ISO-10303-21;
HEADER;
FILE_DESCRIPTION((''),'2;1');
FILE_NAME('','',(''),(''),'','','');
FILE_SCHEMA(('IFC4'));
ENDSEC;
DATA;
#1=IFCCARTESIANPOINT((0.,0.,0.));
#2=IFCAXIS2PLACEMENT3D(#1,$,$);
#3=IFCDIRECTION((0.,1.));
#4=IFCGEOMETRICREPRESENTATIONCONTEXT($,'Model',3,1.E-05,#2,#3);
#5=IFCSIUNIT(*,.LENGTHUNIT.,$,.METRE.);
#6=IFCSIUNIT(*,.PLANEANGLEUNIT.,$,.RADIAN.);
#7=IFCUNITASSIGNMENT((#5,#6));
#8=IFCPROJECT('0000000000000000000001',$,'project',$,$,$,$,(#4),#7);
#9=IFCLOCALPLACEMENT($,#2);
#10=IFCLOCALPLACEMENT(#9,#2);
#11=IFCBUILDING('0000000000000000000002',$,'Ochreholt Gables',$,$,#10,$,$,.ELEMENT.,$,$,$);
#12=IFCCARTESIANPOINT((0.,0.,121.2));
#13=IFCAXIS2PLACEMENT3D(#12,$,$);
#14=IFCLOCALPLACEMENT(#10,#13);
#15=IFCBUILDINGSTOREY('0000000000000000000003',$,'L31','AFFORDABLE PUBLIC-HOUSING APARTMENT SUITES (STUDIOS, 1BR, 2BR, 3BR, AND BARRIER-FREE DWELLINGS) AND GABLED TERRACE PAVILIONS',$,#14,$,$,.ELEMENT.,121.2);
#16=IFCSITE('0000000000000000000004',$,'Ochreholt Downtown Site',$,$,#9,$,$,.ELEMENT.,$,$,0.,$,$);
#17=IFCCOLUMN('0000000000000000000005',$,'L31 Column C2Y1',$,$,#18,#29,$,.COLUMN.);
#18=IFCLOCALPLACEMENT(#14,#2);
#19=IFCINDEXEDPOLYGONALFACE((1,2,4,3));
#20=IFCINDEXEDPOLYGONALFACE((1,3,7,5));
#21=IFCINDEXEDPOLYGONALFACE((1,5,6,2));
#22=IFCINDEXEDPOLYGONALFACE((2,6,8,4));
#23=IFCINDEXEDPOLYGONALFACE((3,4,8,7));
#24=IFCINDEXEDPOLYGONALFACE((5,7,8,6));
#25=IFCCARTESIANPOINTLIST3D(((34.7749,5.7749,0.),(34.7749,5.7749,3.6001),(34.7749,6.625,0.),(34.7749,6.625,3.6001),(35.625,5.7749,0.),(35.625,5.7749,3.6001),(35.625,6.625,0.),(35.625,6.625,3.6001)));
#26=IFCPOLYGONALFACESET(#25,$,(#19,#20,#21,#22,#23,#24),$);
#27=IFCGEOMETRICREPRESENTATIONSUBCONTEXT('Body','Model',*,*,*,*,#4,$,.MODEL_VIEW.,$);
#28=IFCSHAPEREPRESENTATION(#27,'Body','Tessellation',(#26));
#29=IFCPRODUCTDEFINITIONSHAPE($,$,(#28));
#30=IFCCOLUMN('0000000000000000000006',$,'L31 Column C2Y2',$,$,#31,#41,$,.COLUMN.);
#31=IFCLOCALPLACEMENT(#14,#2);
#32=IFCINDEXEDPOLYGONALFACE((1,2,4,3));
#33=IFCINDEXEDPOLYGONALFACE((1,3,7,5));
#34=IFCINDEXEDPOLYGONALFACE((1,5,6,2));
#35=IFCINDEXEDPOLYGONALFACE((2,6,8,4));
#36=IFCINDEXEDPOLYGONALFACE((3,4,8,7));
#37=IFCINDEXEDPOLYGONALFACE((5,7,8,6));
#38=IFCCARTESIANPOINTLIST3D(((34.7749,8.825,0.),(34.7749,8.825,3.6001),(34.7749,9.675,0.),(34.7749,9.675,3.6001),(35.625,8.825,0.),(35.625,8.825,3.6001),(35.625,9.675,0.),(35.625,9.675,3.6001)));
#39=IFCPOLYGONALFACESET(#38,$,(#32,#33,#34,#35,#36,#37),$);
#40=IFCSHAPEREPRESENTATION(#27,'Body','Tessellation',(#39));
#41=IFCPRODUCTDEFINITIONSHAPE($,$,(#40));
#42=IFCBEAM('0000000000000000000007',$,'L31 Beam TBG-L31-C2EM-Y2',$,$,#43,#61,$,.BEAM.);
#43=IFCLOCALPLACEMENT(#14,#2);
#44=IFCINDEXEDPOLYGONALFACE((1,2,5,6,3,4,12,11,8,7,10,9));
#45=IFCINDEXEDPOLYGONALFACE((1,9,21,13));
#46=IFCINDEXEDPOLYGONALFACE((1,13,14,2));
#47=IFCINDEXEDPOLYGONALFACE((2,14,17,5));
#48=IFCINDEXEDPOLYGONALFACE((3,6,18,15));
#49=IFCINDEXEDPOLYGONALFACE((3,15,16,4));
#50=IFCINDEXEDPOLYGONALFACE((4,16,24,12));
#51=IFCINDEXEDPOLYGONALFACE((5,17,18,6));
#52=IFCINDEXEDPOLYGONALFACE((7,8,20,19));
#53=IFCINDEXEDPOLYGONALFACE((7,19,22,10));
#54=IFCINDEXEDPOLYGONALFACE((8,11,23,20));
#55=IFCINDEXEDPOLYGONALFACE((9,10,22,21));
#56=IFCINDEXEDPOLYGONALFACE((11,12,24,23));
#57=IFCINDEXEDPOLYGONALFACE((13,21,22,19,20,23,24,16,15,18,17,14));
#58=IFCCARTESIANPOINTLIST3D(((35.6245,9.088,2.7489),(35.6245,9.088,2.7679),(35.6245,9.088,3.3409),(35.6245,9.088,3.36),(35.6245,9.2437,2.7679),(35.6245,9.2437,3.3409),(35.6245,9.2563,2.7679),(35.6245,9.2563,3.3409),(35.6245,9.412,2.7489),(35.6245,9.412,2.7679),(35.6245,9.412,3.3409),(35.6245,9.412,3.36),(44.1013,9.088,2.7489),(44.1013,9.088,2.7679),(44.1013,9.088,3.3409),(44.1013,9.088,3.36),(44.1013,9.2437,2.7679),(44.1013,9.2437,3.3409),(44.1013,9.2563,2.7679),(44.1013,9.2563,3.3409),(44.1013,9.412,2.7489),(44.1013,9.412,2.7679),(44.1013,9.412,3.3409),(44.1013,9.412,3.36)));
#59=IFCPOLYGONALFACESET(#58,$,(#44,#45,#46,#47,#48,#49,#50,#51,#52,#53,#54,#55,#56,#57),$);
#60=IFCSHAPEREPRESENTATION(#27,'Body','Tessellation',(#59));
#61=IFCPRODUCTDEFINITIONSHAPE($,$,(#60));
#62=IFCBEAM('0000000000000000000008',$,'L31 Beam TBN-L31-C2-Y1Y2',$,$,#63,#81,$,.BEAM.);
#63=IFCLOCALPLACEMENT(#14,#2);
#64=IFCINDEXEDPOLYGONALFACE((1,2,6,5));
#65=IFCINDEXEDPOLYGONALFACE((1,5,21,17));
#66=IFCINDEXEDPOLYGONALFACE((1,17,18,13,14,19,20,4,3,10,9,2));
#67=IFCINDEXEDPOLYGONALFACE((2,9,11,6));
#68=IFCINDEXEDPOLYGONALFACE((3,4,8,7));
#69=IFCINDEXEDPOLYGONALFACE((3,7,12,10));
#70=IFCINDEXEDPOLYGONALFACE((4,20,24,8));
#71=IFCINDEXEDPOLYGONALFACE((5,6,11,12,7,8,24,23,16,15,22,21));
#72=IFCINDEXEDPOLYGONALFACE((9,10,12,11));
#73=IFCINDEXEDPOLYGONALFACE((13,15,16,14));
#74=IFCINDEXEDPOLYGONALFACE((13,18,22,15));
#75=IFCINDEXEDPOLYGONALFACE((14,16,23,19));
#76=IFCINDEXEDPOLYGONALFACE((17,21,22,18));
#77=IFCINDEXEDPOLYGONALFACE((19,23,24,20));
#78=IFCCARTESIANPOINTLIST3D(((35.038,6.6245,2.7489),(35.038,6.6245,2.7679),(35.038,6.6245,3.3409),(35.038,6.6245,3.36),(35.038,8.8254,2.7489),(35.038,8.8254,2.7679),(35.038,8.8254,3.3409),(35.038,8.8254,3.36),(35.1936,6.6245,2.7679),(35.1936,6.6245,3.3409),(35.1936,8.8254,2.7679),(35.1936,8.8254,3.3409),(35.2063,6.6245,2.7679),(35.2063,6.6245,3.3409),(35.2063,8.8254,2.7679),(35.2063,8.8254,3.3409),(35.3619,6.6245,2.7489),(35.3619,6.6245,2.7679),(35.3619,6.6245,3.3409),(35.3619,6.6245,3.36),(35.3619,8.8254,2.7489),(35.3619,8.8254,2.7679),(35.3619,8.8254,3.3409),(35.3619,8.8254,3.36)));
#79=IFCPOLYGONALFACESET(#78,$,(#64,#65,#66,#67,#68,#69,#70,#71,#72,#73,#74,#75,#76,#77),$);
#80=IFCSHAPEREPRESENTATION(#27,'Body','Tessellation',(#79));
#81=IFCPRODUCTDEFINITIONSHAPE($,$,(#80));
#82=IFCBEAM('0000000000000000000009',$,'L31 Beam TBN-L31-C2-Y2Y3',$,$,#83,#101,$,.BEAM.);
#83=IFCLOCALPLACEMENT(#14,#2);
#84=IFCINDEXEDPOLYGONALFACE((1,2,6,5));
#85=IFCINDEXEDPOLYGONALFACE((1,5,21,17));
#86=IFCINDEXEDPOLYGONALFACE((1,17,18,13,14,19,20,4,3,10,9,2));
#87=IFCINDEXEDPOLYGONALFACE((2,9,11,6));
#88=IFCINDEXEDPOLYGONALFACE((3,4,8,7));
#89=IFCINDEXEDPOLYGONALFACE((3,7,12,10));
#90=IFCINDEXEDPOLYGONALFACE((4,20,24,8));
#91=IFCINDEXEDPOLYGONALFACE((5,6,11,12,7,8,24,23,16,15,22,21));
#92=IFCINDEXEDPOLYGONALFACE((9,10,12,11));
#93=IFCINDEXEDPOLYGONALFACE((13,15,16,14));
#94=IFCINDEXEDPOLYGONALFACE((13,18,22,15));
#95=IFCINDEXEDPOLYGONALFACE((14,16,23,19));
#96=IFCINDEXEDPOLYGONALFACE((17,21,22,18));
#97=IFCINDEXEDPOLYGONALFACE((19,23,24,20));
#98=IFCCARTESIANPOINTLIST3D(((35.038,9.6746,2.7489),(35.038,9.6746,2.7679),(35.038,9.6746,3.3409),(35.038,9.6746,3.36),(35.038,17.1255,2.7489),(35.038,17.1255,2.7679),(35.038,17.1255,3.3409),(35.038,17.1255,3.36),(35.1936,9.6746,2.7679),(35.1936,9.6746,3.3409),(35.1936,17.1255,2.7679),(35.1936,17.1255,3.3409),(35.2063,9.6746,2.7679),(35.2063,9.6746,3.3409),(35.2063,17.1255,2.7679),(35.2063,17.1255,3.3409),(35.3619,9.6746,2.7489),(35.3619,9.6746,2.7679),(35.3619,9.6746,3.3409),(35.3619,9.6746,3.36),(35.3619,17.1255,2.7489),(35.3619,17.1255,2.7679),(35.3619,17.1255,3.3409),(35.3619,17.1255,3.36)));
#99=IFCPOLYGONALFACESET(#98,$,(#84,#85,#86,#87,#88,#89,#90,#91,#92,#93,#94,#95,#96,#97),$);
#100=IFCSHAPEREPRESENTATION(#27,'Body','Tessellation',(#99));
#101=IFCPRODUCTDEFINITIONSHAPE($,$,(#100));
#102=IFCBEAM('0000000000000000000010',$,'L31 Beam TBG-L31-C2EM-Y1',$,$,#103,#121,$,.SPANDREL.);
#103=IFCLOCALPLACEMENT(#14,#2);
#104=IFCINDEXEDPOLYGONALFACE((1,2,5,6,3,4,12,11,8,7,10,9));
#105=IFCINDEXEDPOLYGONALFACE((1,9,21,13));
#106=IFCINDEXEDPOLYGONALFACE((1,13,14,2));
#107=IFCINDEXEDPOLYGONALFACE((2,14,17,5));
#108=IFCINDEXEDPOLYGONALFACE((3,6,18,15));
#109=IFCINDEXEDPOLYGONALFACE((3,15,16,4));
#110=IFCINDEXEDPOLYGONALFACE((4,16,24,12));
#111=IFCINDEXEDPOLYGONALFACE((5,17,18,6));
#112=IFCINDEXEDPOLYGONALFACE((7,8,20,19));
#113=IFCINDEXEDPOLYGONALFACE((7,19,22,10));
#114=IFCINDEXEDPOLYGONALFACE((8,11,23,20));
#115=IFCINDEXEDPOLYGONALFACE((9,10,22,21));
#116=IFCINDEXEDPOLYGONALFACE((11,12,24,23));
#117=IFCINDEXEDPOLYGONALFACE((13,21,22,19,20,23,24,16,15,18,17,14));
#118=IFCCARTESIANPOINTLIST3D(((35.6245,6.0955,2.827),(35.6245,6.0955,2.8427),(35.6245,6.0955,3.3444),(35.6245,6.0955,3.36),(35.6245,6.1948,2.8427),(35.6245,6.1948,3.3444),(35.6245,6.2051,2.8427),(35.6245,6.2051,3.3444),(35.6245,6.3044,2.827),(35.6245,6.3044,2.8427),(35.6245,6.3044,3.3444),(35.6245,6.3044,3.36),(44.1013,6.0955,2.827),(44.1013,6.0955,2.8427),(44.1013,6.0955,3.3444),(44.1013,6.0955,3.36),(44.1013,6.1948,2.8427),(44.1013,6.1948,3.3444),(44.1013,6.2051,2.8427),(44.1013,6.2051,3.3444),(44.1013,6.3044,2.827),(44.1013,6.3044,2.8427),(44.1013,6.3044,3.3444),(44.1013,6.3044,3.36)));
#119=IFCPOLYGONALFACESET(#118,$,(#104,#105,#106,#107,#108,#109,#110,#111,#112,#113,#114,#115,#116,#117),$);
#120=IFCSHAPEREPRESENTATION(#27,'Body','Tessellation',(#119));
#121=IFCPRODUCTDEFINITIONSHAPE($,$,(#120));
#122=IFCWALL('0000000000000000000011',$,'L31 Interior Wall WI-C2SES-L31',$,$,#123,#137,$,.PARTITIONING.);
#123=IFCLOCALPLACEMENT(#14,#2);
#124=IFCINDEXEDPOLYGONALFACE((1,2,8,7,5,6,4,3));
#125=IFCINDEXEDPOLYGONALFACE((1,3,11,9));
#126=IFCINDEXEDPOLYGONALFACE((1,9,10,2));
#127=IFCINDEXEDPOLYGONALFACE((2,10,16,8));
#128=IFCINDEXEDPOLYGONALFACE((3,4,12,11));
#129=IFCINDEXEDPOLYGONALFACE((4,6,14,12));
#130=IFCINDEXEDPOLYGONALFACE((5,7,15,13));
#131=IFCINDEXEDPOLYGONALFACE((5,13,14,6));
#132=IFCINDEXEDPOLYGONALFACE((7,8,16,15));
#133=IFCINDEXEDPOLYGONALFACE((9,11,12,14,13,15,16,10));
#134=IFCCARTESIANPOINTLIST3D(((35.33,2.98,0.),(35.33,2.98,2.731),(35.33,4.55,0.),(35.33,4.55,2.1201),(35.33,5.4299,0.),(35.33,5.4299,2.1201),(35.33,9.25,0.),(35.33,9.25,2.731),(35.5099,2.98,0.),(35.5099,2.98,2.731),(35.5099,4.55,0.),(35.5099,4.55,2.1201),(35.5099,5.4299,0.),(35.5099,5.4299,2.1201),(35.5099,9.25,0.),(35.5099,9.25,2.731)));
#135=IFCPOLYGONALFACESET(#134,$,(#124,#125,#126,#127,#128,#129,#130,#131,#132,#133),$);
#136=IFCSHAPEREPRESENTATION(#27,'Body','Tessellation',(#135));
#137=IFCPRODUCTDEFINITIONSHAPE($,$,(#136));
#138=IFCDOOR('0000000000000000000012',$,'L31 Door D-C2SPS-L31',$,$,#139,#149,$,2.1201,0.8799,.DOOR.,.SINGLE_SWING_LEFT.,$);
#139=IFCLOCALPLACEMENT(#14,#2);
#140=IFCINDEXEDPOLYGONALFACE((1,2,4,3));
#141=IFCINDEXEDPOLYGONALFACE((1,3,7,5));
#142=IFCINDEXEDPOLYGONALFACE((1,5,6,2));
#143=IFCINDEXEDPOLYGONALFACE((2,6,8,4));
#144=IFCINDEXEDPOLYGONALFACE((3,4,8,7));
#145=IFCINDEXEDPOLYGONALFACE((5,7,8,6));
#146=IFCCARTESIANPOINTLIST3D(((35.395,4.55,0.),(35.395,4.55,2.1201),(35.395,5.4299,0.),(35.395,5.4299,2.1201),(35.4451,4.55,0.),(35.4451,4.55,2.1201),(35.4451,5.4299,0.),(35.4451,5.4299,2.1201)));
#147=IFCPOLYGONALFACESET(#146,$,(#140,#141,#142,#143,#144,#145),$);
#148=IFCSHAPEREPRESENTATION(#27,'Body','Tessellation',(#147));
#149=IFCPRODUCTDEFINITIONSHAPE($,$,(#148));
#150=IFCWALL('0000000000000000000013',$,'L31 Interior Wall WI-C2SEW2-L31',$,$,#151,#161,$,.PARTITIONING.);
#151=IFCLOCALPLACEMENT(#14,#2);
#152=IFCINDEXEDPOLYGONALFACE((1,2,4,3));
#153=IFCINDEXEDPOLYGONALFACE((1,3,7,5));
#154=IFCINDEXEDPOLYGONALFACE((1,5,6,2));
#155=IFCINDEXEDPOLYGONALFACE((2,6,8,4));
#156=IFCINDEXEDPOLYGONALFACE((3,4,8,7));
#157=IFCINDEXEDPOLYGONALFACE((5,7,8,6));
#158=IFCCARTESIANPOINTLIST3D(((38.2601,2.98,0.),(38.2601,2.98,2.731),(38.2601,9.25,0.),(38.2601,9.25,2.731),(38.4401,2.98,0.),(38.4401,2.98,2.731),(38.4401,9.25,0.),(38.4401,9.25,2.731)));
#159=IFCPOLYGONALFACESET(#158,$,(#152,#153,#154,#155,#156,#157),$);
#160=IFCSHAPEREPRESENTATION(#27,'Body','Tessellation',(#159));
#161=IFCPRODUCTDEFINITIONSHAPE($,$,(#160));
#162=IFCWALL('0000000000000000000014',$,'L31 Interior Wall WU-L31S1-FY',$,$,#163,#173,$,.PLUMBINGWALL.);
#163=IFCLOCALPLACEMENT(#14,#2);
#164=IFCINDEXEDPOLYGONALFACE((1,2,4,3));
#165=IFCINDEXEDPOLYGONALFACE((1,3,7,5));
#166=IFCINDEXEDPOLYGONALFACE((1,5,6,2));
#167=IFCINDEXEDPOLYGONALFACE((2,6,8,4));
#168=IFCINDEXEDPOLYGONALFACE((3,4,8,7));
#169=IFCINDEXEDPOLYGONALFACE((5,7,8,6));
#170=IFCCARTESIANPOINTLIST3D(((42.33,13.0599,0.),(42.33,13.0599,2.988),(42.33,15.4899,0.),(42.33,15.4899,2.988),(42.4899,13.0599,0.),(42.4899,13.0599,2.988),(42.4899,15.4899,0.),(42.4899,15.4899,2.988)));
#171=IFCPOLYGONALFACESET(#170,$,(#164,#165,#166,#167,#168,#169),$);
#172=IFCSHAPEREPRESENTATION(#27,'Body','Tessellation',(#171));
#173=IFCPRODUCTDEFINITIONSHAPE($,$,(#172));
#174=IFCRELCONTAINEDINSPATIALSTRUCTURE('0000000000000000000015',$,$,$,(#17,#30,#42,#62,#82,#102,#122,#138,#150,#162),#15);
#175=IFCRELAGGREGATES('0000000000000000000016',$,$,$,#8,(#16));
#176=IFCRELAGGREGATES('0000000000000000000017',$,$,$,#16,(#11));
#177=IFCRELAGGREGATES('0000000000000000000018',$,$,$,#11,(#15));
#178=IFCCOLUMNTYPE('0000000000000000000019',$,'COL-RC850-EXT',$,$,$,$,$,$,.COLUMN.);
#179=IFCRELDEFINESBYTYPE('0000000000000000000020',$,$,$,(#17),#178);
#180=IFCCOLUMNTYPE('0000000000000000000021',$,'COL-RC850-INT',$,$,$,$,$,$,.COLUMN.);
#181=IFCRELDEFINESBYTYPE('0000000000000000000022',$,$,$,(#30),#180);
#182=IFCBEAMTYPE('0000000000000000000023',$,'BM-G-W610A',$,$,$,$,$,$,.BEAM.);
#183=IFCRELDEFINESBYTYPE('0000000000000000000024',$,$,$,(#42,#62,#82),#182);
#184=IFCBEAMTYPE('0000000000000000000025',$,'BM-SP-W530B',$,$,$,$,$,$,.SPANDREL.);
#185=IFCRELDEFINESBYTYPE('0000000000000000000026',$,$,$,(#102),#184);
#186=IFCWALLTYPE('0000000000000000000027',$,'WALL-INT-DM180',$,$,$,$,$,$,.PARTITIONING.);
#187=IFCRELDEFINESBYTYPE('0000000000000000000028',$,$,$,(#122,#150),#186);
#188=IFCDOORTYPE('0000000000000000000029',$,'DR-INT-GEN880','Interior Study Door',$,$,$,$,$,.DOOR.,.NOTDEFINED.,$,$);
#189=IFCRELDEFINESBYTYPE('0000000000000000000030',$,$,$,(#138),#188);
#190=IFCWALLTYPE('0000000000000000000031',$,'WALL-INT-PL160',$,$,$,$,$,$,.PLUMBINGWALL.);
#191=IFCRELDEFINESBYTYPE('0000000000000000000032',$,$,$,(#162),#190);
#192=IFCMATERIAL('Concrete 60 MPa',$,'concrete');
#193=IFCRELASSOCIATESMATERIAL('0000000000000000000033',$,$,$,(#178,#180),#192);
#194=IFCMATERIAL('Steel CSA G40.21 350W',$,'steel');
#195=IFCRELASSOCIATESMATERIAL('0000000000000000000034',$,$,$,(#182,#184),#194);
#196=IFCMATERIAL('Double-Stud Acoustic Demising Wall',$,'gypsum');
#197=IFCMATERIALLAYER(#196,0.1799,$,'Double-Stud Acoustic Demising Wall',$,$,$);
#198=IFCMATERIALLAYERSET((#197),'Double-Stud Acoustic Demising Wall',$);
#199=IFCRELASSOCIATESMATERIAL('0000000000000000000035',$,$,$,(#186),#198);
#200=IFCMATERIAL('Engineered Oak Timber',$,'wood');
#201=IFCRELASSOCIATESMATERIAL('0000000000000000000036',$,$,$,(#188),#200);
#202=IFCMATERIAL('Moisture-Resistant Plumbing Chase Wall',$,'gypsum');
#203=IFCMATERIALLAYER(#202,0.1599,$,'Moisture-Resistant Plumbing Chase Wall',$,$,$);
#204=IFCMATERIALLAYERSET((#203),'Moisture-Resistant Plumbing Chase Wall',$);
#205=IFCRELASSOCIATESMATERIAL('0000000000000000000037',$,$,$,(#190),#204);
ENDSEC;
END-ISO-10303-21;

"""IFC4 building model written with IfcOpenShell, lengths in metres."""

from ifc_helpers import new_model, si_unit, direction, frame, frame_2d, origin, origin_2d, place, context, subcontext, project, spatial, rectangle, i_section, extrude, material, layer, layer_set, material_profile, profile_set, type_object, element, fill, save


model = new_model("IFC4")

# Units and contexts
model_context = context("Model", 3, precision=1e-05, world=origin(), true_north=direction((0.0, 1.0)))
body_context = subcontext(model_context, "Body", "Model", "MODEL_VIEW")
ifc_project = project(units=[si_unit("LENGTHUNIT", "METRE"), si_unit("PLANEANGLEUNIT", "RADIAN")], contexts=[model_context])

# Site, building, storey
site_placement = place(None, origin())
site = spatial("IfcSite", under=ifc_project, at=site_placement, Name="Ochreholt Downtown Site", CompositionType="ELEMENT", RefElevation=0.0)
building_placement = place(site_placement, origin())
building = spatial("IfcBuilding", under=site, at=building_placement, Name="Ochreholt Gables", CompositionType="ELEMENT")
storey_placement = place(building_placement, frame((0.0, 0.0, 121.2)))
storey = spatial("IfcBuildingStorey", under=building, at=storey_placement, Name="L31", Description="AFFORDABLE PUBLIC-HOUSING APARTMENT SUITES (STUDIOS, 1BR, 2BR, 3BR, AND BARRIER-FREE DWELLINGS) AND GABLED TERRACE PAVILIONS", CompositionType="ELEMENT", Elevation=121.2)

# Columns
ifc_material_1 = material(Name="Concrete 60 MPa", Category="concrete")
ifc_material_profile_1 = material_profile(ifc_material_1, rectangle(XDim=0.8501, YDim=0.8501, at=origin_2d()), Name="RC850X850")
ifc_profile_set_1 = profile_set([ifc_material_profile_1], Name="Concrete 60 MPa")
column_type_1 = type_object("IfcColumnType", Name="COL-RC850-EXT", PredefinedType="COLUMN", material=ifc_profile_set_1)
column_1_placement = place(storey_placement, frame((35.2, 6.2, 0.0), z_axis=(0.0, 0.0, 1.0), x_axis=(1.0, 0.0, 0.0)))
element("IfcColumn", 1, at=column_1_placement, inside=storey, type_object=column_type_1, Name="L31 Column C2Y1", PredefinedType="COLUMN", context=body_context, shape_type="SweptSolid", body=[
    extrude(rectangle(XDim=0.8501, YDim=0.8501, at=origin_2d()), origin(), (0.0, 0.0, 1.0), 3.6001),
])
ifc_material_profile_2 = material_profile(ifc_material_1, rectangle(XDim=0.8501, YDim=0.8501, at=origin_2d()), Name="RC850X850")
ifc_profile_set_2 = profile_set([ifc_material_profile_2], Name="Concrete 60 MPa")
column_type_2 = type_object("IfcColumnType", Name="COL-RC850-INT", PredefinedType="COLUMN", material=ifc_profile_set_2)
column_2_placement = place(storey_placement, frame((35.2, 9.25, 0.0), z_axis=(0.0, 0.0, 1.0), x_axis=(1.0, 0.0, 0.0)))
element("IfcColumn", 2, at=column_2_placement, inside=storey, type_object=column_type_2, Name="L31 Column C2Y2", PredefinedType="COLUMN", context=body_context, shape_type="SweptSolid", body=[
    extrude(rectangle(XDim=0.8501, YDim=0.8501, at=origin_2d()), origin(), (0.0, 0.0, 1.0), 3.6001),
])

# Beams
ifc_material_2 = material(Name="Steel CSA G40.21 350W", Category="steel")
ifc_material_profile_3 = material_profile(ifc_material_2, i_section(OverallWidth=0.324, OverallDepth=0.6111, WebThickness=0.0127, FlangeThickness=0.019, at=origin_2d()), Name="W610X155")
ifc_profile_set_3 = profile_set([ifc_material_profile_3], Name="Steel CSA G40.21 350W")
beam_type_1 = type_object("IfcBeamType", Name="BM-G-W610A", PredefinedType="BEAM", material=ifc_profile_set_3)
beam_1_placement = place(storey_placement, frame((35.6245, 9.25, 3.0544), z_axis=(1.0, 0.0, 0.0), x_axis=(0.0, 1.0, 0.0)))
element("IfcBeam", 3, at=beam_1_placement, inside=storey, type_object=beam_type_1, Name="L31 Beam TBG-L31-C2EM-Y2", PredefinedType="BEAM", context=body_context, shape_type="SweptSolid", body=[
    extrude(i_section(OverallWidth=0.324, OverallDepth=0.6111, WebThickness=0.0127, FlangeThickness=0.019, at=origin_2d()), origin(), (0.0, 0.0, 1.0), 8.4768),
])
beam_2_placement = place(storey_placement, frame((35.2, 6.6245, 3.0544), z_axis=(0.0, 1.0, 0.0), x_axis=(-1.0, 0.0, 0.0)))
element("IfcBeam", 4, at=beam_2_placement, inside=storey, type_object=beam_type_1, Name="L31 Beam TBN-L31-C2-Y1Y2", PredefinedType="BEAM", context=body_context, shape_type="SweptSolid", body=[
    extrude(i_section(OverallWidth=0.324, OverallDepth=0.6111, WebThickness=0.0127, FlangeThickness=0.019, at=origin_2d()), origin(), (0.0, 0.0, 1.0), 2.2009),
])
beam_3_placement = place(storey_placement, frame((35.2, 9.6746, 3.0544), z_axis=(0.0, 1.0, 0.0), x_axis=(-1.0, 0.0, 0.0)))
element("IfcBeam", 5, at=beam_3_placement, inside=storey, type_object=beam_type_1, Name="L31 Beam TBN-L31-C2-Y2Y3", PredefinedType="BEAM", context=body_context, shape_type="SweptSolid", body=[
    extrude(i_section(OverallWidth=0.324, OverallDepth=0.6111, WebThickness=0.0127, FlangeThickness=0.019, at=origin_2d()), origin(), (0.0, 0.0, 1.0), 7.4509),
])
ifc_material_profile_4 = material_profile(ifc_material_2, i_section(OverallWidth=0.209, OverallDepth=0.533, WebThickness=0.0103, FlangeThickness=0.0156, at=origin_2d()), Name="W530X92")
ifc_profile_set_4 = profile_set([ifc_material_profile_4], Name="Steel CSA G40.21 350W")
beam_type_2 = type_object("IfcBeamType", Name="BM-SP-W530B", PredefinedType="SPANDREL", material=ifc_profile_set_4)
beam_4_placement = place(storey_placement, frame((35.6245, 6.2, 3.0935), z_axis=(1.0, 0.0, 0.0), x_axis=(0.0, 1.0, 0.0)))
element("IfcBeam", 6, at=beam_4_placement, inside=storey, type_object=beam_type_2, Name="L31 Beam TBG-L31-C2EM-Y1", PredefinedType="SPANDREL", context=body_context, shape_type="SweptSolid", body=[
    extrude(i_section(OverallWidth=0.209, OverallDepth=0.533, WebThickness=0.0103, FlangeThickness=0.0156, at=origin_2d()), origin(), (0.0, 0.0, 1.0), 8.4768),
])

# Wall, opening, door
ifc_material_3 = material(Name="Double-Stud Acoustic Demising Wall", Category="gypsum")
ifc_layer_1 = layer(ifc_material_3, 0.1799, Name="Double-Stud Acoustic Demising Wall")
ifc_layer_set_1 = layer_set([ifc_layer_1], Name="Double-Stud Acoustic Demising Wall")
wall_type_1 = type_object("IfcWallType", Name="WALL-INT-DM180", PredefinedType="PARTITIONING", material=ifc_layer_set_1)
wall_1_placement = place(storey_placement, frame((35.4199, 2.98, 0.0), z_axis=(0.0, 0.0, 1.0), x_axis=(0.0, 1.0, 0.0)))
wall_1 = element("IfcWall", 7, at=wall_1_placement, inside=storey, type_object=wall_type_1, Name="L31 Interior Wall WI-C2SES-L31", PredefinedType="PARTITIONING", context=body_context, shape_type="SweptSolid", body=[
    extrude(rectangle(XDim=6.27, YDim=0.1799, at=frame_2d((3.135, 0.0))), origin(), (0.0, 0.0, 1.0), 2.731),
])
opening_1_placement = place(wall_1_placement, frame((1.5701, 0.0, 0.0)))
opening_1 = element("IfcOpeningElement", 8, at=opening_1_placement, cuts=wall_1, PredefinedType="OPENING", context=body_context, shape_type="SweptSolid", body=[
    extrude(rectangle(XDim=0.8799, YDim=2.1201, at=frame_2d((0.4399, 1.0601))), frame((0.0, 0.0999, 0.0), z_axis=(0.0, -1.0, 0.0), x_axis=(1.0, 0.0, 0.0)), (0.0, 0.0, 1.0), 0.2),
])
ifc_material_4 = material(Name="Engineered Oak Timber", Category="wood")
door_type_1 = type_object("IfcDoorType", Name="DR-INT-GEN880", Description="Interior Study Door", OperationType="NOTDEFINED", PredefinedType="DOOR", material=ifc_material_4)
door_1_placement = place(opening_1_placement, origin())
door_1 = element("IfcDoor", 9, at=door_1_placement, inside=storey, type_object=door_type_1, Name="L31 Door D-C2SPS-L31", OperationType="SINGLE_SWING_LEFT", OverallHeight=2.1201, OverallWidth=0.8799, PredefinedType="DOOR", context=body_context, shape_type="SweptSolid", body=[
    extrude(rectangle(XDim=0.8799, YDim=2.1201, at=frame_2d((0.4399, 1.0601))), frame((0.0, 0.0249, 0.0), z_axis=(0.0, -1.0, 0.0), x_axis=(1.0, 0.0, 0.0)), (0.0, 0.0, 1.0), 0.05),
])
fill(opening_1, door_1)

# Wall
wall_2_placement = place(storey_placement, frame((38.3501, 2.98, 0.0), z_axis=(0.0, 0.0, 1.0), x_axis=(0.0, 1.0, 0.0)))
element("IfcWall", 10, at=wall_2_placement, inside=storey, type_object=wall_type_1, Name="L31 Interior Wall WI-C2SEW2-L31", PredefinedType="PARTITIONING", context=body_context, shape_type="SweptSolid", body=[
    extrude(rectangle(XDim=6.27, YDim=0.1799, at=frame_2d((3.135, 0.0))), origin(), (0.0, 0.0, 1.0), 2.731),
])

# Shared definitions
ifc_material_5 = material(Name="Moisture-Resistant Plumbing Chase Wall", Category="gypsum")
ifc_layer_2 = layer(ifc_material_5, 0.1599, Name="Moisture-Resistant Plumbing Chase Wall")
ifc_layer_set_2 = layer_set([ifc_layer_2], Name="Moisture-Resistant Plumbing Chase Wall")
wall_type_2 = type_object("IfcWallType", Name="WALL-INT-PL160", PredefinedType="PLUMBINGWALL", material=ifc_layer_set_2)

# Wall
wall_3_placement = place(storey_placement, frame((42.4099, 13.0601, 0.0), z_axis=(0.0, 0.0, 1.0), x_axis=(0.0, 1.0, 0.0)))
element("IfcWall", 11, at=wall_3_placement, inside=storey, type_object=wall_type_2, Name="L31 Interior Wall WU-L31S1-FY", PredefinedType="PLUMBINGWALL", context=body_context, shape_type="SweptSolid", body=[
    extrude(rectangle(XDim=2.4299, YDim=0.1599, at=frame_2d((1.2148, 0.0))), origin(), (0.0, 0.0, 1.0), 2.988),
])

save(model, "model.ifc")
